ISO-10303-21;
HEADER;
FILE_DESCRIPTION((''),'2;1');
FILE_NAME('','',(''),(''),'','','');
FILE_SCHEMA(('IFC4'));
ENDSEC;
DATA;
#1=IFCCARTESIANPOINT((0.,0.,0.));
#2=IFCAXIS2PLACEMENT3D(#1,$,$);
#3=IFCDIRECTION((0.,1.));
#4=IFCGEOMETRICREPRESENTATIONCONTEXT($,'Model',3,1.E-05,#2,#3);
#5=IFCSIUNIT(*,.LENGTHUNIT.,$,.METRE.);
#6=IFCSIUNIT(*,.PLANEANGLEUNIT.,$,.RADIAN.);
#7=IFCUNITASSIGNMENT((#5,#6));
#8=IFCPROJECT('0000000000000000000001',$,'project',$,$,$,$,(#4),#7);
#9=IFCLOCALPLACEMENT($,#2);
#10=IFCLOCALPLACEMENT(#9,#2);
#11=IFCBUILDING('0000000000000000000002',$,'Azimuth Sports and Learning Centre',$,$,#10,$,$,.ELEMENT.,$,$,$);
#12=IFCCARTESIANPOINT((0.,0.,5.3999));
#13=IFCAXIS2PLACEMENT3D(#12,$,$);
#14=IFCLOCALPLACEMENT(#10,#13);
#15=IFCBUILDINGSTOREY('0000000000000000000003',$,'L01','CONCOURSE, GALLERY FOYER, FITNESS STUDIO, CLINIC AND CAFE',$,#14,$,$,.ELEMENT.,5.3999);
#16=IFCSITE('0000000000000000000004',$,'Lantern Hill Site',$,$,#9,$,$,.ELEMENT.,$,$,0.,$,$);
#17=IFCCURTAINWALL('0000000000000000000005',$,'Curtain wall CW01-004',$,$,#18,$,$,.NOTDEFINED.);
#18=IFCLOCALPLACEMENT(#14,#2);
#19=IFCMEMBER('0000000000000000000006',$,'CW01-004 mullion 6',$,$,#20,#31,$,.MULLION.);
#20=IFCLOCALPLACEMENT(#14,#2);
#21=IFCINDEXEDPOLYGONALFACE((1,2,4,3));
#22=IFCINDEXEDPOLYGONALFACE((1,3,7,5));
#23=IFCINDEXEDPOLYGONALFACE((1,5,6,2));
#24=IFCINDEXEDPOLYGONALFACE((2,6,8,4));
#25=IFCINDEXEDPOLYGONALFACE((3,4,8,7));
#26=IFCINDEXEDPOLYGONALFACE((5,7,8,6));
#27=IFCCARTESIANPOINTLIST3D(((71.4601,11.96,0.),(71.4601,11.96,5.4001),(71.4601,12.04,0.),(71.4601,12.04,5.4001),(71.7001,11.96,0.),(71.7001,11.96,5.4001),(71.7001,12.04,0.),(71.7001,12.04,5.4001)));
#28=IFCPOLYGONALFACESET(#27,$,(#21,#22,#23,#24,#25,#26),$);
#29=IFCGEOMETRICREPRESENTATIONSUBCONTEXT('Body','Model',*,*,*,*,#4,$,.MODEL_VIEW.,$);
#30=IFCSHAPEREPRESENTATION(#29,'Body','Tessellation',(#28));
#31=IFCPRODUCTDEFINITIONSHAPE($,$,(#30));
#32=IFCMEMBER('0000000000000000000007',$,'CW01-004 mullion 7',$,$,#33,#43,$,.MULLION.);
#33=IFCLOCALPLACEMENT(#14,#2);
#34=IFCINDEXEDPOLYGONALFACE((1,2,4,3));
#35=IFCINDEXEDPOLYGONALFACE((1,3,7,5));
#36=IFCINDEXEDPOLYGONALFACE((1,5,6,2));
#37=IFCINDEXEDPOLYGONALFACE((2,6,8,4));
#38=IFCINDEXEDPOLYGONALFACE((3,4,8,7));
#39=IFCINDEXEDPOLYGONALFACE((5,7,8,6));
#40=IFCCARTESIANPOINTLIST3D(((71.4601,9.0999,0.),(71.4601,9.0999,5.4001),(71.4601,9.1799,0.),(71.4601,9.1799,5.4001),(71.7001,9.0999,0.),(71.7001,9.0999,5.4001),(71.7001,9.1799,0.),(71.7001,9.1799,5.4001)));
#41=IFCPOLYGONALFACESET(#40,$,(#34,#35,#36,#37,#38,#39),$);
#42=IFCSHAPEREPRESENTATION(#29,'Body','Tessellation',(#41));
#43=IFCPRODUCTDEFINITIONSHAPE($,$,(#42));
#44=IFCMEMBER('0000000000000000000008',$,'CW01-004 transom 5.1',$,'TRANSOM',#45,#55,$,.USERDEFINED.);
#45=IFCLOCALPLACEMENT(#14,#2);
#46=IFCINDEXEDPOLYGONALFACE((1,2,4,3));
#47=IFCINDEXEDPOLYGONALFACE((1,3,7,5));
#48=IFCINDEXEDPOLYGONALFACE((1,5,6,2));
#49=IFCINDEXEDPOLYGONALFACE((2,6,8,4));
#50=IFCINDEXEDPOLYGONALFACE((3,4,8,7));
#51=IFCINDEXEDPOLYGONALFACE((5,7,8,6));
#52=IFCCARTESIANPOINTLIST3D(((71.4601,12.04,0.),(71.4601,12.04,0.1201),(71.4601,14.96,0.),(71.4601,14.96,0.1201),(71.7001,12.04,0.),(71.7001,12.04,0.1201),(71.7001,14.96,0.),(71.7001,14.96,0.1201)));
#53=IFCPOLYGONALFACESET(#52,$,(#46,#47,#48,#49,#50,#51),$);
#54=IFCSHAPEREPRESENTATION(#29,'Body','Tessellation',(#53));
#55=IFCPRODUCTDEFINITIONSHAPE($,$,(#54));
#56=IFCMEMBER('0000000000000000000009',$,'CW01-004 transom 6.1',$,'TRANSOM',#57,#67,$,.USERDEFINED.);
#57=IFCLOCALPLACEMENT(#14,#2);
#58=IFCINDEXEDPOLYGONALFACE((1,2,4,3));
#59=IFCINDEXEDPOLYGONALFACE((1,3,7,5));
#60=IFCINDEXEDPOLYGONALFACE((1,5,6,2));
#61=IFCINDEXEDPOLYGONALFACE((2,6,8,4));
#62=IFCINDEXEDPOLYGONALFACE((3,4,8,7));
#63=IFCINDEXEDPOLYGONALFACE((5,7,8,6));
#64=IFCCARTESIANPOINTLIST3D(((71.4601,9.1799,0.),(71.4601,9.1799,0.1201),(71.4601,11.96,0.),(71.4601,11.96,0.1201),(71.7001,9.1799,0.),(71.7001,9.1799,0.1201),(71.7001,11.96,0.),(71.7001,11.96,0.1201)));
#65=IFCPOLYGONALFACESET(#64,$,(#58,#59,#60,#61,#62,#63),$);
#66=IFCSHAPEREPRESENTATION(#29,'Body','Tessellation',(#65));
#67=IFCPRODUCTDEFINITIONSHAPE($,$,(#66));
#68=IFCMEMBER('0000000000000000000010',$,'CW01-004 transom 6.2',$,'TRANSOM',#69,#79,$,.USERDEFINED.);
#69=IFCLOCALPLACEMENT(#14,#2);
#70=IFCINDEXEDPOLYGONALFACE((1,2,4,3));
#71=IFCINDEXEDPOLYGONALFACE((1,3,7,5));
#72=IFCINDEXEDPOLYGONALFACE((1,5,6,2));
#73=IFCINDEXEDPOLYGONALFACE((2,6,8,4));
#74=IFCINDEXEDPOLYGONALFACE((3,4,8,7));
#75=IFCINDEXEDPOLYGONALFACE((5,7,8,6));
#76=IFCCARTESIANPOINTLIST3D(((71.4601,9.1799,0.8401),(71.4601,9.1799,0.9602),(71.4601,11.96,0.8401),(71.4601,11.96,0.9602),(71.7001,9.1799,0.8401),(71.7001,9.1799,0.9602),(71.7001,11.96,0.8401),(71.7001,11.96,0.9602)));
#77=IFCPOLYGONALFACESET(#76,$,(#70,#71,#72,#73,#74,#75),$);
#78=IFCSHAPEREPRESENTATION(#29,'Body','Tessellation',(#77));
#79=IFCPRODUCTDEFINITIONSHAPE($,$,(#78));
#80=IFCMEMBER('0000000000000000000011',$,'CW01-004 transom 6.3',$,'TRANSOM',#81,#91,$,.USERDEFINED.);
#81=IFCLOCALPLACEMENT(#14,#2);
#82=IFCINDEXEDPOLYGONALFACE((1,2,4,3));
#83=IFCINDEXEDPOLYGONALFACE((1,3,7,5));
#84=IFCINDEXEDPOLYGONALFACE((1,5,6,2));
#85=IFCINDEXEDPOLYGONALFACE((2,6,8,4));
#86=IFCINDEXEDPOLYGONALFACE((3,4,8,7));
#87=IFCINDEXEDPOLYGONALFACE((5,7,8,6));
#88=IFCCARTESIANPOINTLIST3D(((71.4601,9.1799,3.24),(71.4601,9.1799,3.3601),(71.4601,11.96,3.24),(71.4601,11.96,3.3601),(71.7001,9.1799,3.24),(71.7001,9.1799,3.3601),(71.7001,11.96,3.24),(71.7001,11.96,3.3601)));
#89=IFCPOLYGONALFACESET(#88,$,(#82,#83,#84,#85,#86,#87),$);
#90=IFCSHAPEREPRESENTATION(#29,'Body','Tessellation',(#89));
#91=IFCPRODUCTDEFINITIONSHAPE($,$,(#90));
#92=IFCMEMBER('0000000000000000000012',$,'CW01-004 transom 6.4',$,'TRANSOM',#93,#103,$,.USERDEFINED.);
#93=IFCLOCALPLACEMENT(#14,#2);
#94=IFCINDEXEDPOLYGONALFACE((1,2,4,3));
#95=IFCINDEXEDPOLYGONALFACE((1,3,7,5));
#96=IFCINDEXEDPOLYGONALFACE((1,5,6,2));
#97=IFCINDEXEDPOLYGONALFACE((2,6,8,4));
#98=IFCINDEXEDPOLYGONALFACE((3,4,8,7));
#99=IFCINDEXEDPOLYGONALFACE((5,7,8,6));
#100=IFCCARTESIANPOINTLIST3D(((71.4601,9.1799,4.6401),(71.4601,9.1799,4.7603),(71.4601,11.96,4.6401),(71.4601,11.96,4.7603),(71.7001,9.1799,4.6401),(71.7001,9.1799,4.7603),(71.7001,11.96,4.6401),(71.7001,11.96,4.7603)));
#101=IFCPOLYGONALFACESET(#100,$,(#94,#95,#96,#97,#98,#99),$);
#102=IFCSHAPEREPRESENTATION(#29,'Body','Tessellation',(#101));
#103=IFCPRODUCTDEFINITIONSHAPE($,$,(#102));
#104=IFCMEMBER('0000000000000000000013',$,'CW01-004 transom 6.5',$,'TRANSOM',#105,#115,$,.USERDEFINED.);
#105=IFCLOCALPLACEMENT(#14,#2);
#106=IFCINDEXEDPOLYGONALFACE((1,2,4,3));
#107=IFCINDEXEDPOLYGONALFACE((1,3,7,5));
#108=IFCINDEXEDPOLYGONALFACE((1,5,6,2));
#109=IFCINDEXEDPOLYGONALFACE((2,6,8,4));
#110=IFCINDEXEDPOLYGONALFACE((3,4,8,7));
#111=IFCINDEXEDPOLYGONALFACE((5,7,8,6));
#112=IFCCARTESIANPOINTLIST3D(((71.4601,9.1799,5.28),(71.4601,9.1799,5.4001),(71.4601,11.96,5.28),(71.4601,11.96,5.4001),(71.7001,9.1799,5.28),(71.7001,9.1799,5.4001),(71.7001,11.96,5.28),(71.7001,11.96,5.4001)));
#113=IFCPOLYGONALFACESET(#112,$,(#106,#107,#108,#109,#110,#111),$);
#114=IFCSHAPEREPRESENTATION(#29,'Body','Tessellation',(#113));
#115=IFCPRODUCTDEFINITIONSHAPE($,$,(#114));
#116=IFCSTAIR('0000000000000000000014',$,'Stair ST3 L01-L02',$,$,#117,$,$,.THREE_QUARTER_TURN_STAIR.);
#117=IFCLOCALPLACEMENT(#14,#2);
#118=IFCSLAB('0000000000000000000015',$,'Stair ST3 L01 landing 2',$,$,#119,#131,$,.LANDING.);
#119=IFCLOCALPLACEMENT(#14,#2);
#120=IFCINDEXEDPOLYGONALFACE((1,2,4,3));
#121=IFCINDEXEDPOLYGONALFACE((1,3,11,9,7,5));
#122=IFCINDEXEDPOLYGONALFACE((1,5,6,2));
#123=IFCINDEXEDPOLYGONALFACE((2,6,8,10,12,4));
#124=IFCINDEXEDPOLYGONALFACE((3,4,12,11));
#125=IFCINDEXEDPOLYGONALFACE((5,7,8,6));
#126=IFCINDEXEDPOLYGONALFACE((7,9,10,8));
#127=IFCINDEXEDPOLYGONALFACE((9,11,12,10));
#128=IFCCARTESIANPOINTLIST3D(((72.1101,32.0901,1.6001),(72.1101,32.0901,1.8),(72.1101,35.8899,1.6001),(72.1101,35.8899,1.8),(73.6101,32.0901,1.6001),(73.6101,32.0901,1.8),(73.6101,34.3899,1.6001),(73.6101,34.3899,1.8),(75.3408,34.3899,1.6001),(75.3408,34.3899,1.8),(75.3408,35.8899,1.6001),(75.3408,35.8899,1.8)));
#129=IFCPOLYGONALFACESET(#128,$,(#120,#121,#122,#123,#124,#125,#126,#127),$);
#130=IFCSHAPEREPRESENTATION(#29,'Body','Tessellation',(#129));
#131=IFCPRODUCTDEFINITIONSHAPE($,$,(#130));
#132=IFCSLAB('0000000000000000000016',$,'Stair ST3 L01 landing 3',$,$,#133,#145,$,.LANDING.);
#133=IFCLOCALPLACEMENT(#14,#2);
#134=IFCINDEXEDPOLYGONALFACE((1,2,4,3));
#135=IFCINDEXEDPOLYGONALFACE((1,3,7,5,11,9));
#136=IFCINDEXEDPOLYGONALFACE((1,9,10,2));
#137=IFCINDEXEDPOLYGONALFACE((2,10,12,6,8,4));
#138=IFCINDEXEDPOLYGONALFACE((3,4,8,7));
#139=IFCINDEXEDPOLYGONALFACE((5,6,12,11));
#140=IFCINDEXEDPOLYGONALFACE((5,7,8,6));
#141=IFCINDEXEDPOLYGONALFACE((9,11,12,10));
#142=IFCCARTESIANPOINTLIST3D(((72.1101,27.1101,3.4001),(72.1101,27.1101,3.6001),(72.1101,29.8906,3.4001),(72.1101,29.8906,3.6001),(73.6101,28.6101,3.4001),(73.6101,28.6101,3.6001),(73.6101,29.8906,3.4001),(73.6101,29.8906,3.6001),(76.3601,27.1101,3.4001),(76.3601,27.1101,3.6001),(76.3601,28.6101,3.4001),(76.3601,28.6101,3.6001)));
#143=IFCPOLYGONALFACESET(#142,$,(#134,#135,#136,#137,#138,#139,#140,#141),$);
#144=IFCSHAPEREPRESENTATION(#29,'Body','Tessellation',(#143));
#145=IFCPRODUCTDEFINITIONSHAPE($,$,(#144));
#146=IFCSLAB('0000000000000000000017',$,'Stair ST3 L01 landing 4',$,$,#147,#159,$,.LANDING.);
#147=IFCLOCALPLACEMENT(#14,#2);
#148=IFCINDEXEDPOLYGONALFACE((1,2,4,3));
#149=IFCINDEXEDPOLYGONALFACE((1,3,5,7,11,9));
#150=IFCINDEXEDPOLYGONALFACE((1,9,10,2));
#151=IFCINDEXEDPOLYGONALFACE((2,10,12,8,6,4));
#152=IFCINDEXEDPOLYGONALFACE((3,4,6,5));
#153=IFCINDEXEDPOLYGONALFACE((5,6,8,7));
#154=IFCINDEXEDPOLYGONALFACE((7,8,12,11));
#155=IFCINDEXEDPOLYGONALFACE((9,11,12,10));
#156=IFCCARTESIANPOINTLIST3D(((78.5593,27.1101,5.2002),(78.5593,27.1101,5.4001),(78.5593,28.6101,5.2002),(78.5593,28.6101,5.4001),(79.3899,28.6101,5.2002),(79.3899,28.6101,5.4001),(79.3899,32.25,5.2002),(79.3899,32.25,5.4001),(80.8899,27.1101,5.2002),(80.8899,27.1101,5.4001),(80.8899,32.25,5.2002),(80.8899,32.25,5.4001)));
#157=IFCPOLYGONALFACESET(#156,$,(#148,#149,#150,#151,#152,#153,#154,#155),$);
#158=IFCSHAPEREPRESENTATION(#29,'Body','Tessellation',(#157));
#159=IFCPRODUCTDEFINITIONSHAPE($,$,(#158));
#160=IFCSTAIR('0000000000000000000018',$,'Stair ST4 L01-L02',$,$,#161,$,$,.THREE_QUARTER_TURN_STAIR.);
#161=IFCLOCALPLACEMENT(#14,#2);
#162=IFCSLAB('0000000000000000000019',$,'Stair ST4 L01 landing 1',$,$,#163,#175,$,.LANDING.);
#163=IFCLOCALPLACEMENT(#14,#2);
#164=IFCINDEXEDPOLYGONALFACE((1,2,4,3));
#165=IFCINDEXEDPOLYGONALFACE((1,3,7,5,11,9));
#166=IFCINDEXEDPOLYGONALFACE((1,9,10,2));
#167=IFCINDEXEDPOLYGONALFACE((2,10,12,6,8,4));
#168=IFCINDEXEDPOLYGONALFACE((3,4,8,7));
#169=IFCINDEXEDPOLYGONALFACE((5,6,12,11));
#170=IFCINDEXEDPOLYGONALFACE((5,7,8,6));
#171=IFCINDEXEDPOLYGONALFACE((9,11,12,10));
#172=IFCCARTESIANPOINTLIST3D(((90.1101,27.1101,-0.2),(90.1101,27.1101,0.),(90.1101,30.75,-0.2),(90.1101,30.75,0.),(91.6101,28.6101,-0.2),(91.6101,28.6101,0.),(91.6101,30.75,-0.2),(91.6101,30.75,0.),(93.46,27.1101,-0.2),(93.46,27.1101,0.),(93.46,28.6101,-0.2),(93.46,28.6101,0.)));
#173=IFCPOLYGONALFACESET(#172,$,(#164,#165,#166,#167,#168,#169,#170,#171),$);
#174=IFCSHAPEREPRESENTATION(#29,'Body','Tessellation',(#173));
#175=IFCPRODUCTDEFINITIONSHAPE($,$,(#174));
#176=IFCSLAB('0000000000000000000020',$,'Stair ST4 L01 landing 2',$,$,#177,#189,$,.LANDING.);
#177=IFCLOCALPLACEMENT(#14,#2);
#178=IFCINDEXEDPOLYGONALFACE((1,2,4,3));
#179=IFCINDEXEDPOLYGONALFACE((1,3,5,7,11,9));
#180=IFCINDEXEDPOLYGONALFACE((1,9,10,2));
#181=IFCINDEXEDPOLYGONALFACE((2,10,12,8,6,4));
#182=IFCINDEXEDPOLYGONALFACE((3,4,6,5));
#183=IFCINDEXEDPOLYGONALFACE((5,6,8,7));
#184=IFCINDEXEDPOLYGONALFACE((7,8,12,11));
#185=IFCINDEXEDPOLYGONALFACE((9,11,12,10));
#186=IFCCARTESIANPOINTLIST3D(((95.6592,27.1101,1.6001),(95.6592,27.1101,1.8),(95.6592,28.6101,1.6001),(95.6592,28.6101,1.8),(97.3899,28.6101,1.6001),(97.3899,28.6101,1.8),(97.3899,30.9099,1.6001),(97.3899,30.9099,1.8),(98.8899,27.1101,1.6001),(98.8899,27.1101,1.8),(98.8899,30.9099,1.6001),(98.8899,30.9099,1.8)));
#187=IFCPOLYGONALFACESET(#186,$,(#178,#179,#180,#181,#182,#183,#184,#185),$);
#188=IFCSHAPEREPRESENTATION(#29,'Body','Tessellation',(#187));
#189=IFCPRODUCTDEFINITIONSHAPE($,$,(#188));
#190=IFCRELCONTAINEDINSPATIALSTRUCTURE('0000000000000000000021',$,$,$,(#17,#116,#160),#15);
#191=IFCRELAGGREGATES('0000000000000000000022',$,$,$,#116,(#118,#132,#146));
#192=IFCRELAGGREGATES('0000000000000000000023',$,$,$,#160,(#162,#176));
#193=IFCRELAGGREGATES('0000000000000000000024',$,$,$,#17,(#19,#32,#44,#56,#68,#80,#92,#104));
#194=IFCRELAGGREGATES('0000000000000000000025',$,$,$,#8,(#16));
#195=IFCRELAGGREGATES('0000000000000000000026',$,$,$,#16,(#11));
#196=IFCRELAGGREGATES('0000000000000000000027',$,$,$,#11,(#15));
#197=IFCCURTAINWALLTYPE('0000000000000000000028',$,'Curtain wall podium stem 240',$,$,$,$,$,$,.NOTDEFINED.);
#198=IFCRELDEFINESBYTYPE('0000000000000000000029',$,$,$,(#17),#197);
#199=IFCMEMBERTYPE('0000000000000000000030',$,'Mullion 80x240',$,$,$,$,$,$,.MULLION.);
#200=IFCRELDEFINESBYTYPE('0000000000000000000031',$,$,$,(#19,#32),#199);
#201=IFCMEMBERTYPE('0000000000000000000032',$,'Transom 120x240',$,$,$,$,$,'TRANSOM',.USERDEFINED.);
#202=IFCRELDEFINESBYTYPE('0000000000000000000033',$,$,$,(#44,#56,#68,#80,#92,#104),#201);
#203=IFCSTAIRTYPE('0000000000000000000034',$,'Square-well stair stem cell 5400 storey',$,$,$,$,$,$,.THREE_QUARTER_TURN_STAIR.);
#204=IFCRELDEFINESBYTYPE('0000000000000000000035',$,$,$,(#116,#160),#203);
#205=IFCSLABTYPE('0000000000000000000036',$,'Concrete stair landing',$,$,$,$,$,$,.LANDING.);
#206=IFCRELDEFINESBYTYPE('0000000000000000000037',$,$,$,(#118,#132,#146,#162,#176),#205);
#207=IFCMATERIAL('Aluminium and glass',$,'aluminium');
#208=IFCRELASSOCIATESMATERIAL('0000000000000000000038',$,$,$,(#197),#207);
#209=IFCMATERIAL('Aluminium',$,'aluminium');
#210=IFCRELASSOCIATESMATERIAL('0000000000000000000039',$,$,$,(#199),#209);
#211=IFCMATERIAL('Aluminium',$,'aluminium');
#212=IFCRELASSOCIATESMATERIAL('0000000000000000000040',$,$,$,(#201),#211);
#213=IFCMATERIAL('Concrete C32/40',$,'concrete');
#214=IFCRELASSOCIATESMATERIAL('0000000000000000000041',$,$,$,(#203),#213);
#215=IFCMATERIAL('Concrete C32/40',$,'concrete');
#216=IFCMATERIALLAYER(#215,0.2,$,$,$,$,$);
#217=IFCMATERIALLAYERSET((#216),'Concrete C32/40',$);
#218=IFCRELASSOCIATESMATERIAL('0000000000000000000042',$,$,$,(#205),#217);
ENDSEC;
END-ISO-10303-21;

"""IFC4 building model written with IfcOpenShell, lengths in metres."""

from ifc_helpers import new_model, si_unit, direction, frame, origin, origin_2d, place, context, subcontext, project, spatial, polyline, rectangle, outline, extrude, material, layer, layer_set, material_profile, profile_set, type_object, element, aggregate, save


model = new_model("IFC4")

# Units and contexts
model_context = context("Model", 3, precision=1e-05, world=origin(), true_north=direction((0.0, 1.0)))
body_context = subcontext(model_context, "Body", "Model", "MODEL_VIEW")
ifc_project = project(units=[si_unit("LENGTHUNIT", "METRE"), si_unit("PLANEANGLEUNIT", "RADIAN")], contexts=[model_context])

# Site, building, storey
site_placement = place(None, origin())
site = spatial("IfcSite", under=ifc_project, at=site_placement, Name="Lantern Hill Site", CompositionType="ELEMENT", RefElevation=0.0)
building_placement = place(site_placement, origin())
building = spatial("IfcBuilding", under=site, at=building_placement, Name="Azimuth Sports and Learning Centre", CompositionType="ELEMENT")
storey_placement = place(building_placement, frame((0.0, 0.0, 5.3999)))
storey = spatial("IfcBuildingStorey", under=building, at=storey_placement, Name="L01", Description="CONCOURSE, GALLERY FOYER, FITNESS STUDIO, CLINIC AND CAFE", CompositionType="ELEMENT", Elevation=5.3999)

# Curtain wall, members
ifc_material_1 = material(Name="Aluminium and glass", Category="aluminium")
curtain_wall_type = type_object("IfcCurtainWallType", Name="Curtain wall podium stem 240", PredefinedType="NOTDEFINED", material=ifc_material_1)
curtain_wall_placement = place(storey_placement, origin())
curtain_wall = element("IfcCurtainWall", 1, at=curtain_wall_placement, inside=storey, type_object=curtain_wall_type, Name="Curtain wall CW01-004", PredefinedType="NOTDEFINED")
ifc_material_2 = material(Name="Aluminium", Category="aluminium")
ifc_material_profile_1 = material_profile(ifc_material_2, rectangle(XDim=0.24, YDim=0.0801, at=origin_2d()), Name="Mullion 80x240")
ifc_profile_set_1 = profile_set([ifc_material_profile_1], Name="Aluminium")
member_type_1 = type_object("IfcMemberType", Name="Mullion 80x240", PredefinedType="MULLION", material=ifc_profile_set_1)
member_1_placement = place(storey_placement, frame((71.5801, 12.0, 0.0), z_axis=(0.0, 0.0, 1.0), x_axis=(1.0, 0.0, 0.0)))
member_1 = element("IfcMember", 2, at=member_1_placement, type_object=member_type_1, Name="CW01-004 mullion 6", PredefinedType="MULLION", context=body_context, shape_type="SweptSolid", body=[
    extrude(rectangle(XDim=0.24, YDim=0.0801, at=origin_2d()), origin(), (0.0, 0.0, 1.0), 5.4001),
])
member_2_placement = place(storey_placement, frame((71.5801, 9.1399, 0.0), z_axis=(0.0, 0.0, 1.0), x_axis=(1.0, 0.0, 0.0)))
member_2 = element("IfcMember", 3, at=member_2_placement, type_object=member_type_1, Name="CW01-004 mullion 7", PredefinedType="MULLION", context=body_context, shape_type="SweptSolid", body=[
    extrude(rectangle(XDim=0.24, YDim=0.0801, at=origin_2d()), origin(), (0.0, 0.0, 1.0), 5.4001),
])
ifc_material_3 = material(Name="Aluminium", Category="aluminium")
ifc_material_profile_2 = material_profile(ifc_material_3, rectangle(XDim=0.24, YDim=0.1201, at=origin_2d()), Name="Transom 120x240")
ifc_profile_set_2 = profile_set([ifc_material_profile_2], Name="Aluminium")
member_type_2 = type_object("IfcMemberType", Name="Transom 120x240", ElementType="TRANSOM", PredefinedType="USERDEFINED", material=ifc_profile_set_2)
member_3_placement = place(storey_placement, frame((71.5801, 14.96, 0.0601), z_axis=(0.0, -1.0, 0.0), x_axis=(1.0, 0.0, 0.0)))
member_3 = element("IfcMember", 4, at=member_3_placement, type_object=member_type_2, Name="CW01-004 transom 5.1", ObjectType="TRANSOM", PredefinedType="USERDEFINED", context=body_context, shape_type="SweptSolid", body=[
    extrude(rectangle(XDim=0.24, YDim=0.1201, at=origin_2d()), origin(), (0.0, 0.0, 1.0), 2.9199),
])
member_4_placement = place(storey_placement, frame((71.5801, 11.96, 0.0601), z_axis=(0.0, -1.0, 0.0), x_axis=(1.0, 0.0, 0.0)))
member_4 = element("IfcMember", 5, at=member_4_placement, type_object=member_type_2, Name="CW01-004 transom 6.1", ObjectType="TRANSOM", PredefinedType="USERDEFINED", context=body_context, shape_type="SweptSolid", body=[
    extrude(rectangle(XDim=0.24, YDim=0.1201, at=origin_2d()), origin(), (0.0, 0.0, 1.0), 2.78),
])
member_5_placement = place(storey_placement, frame((71.5801, 11.96, 0.9001), z_axis=(0.0, -1.0, 0.0), x_axis=(1.0, 0.0, 0.0)))
member_5 = element("IfcMember", 6, at=member_5_placement, type_object=member_type_2, Name="CW01-004 transom 6.2", ObjectType="TRANSOM", PredefinedType="USERDEFINED", context=body_context, shape_type="SweptSolid", body=[
    extrude(rectangle(XDim=0.24, YDim=0.1201, at=origin_2d()), origin(), (0.0, 0.0, 1.0), 2.78),
])
member_6_placement = place(storey_placement, frame((71.5801, 11.96, 3.3), z_axis=(0.0, -1.0, 0.0), x_axis=(1.0, 0.0, 0.0)))
member_6 = element("IfcMember", 7, at=member_6_placement, type_object=member_type_2, Name="CW01-004 transom 6.3", ObjectType="TRANSOM", PredefinedType="USERDEFINED", context=body_context, shape_type="SweptSolid", body=[
    extrude(rectangle(XDim=0.24, YDim=0.1201, at=origin_2d()), origin(), (0.0, 0.0, 1.0), 2.78),
])
member_7_placement = place(storey_placement, frame((71.5801, 11.96, 4.7002), z_axis=(0.0, -1.0, 0.0), x_axis=(1.0, 0.0, 0.0)))
member_7 = element("IfcMember", 8, at=member_7_placement, type_object=member_type_2, Name="CW01-004 transom 6.4", ObjectType="TRANSOM", PredefinedType="USERDEFINED", context=body_context, shape_type="SweptSolid", body=[
    extrude(rectangle(XDim=0.24, YDim=0.1201, at=origin_2d()), origin(), (0.0, 0.0, 1.0), 2.78),
])
member_8_placement = place(storey_placement, frame((71.5801, 11.96, 5.3401), z_axis=(0.0, -1.0, 0.0), x_axis=(1.0, 0.0, 0.0)))
member_8 = element("IfcMember", 9, at=member_8_placement, type_object=member_type_2, Name="CW01-004 transom 6.5", ObjectType="TRANSOM", PredefinedType="USERDEFINED", context=body_context, shape_type="SweptSolid", body=[
    extrude(rectangle(XDim=0.24, YDim=0.1201, at=origin_2d()), origin(), (0.0, 0.0, 1.0), 2.78),
])

# Stairs, slabs
ifc_material_4 = material(Name="Concrete C32/40", Category="concrete")
stair_type = type_object("IfcStairType", Name="Square-well stair stem cell 5400 storey", PredefinedType="THREE_QUARTER_TURN_STAIR", material=ifc_material_4)
stair_1_placement = place(storey_placement, origin())
stair_1 = element("IfcStair", 10, at=stair_1_placement, inside=storey, type_object=stair_type, Name="Stair ST3 L01-L02", PredefinedType="THREE_QUARTER_TURN_STAIR")
ifc_material_5 = material(Name="Concrete C32/40", Category="concrete")
ifc_layer_1 = layer(ifc_material_5, 0.2)
ifc_layer_set_1 = layer_set([ifc_layer_1], Name="Concrete C32/40")
slab_type = type_object("IfcSlabType", Name="Concrete stair landing", PredefinedType="LANDING", material=ifc_layer_set_1)
slab_1_placement = place(storey_placement, frame((0.0, 0.0, 1.6001)))
slab_1 = element("IfcSlab", 11, at=slab_1_placement, type_object=slab_type, Name="Stair ST3 L01 landing 2", PredefinedType="LANDING", context=body_context, shape_type="SweptSolid", body=[
    extrude(outline(polyline([(73.6101, 34.3899), (75.3408, 34.3899), (75.3408, 35.8899), (72.1101, 35.8899), (72.1101, 32.0901), (73.6101, 32.0901), (73.6101, 34.3899)])), origin(), (0.0, 0.0, 1.0), 0.2),
])
slab_2_placement = place(storey_placement, frame((0.0, 0.0, 3.4001)))
slab_2 = element("IfcSlab", 12, at=slab_2_placement, type_object=slab_type, Name="Stair ST3 L01 landing 3", PredefinedType="LANDING", context=body_context, shape_type="SweptSolid", body=[
    extrude(outline(polyline([(73.6101, 28.6101), (73.6101, 29.8906), (72.1101, 29.8906), (72.1101, 27.1101), (76.3601, 27.1101), (76.3601, 28.6101), (73.6101, 28.6101)])), origin(), (0.0, 0.0, 1.0), 0.2),
])
slab_3_placement = place(storey_placement, frame((0.0, 0.0, 5.2002)))
slab_3 = element("IfcSlab", 13, at=slab_3_placement, type_object=slab_type, Name="Stair ST3 L01 landing 4", PredefinedType="LANDING", context=body_context, shape_type="SweptSolid", body=[
    extrude(outline(polyline([(79.3899, 28.6101), (78.5593, 28.6101), (78.5593, 27.1101), (80.8899, 27.1101), (80.8899, 32.25), (79.3899, 32.25), (79.3899, 28.6101)])), origin(), (0.0, 0.0, 1.0), 0.2),
])
aggregate(stair_1, [slab_1, slab_2, slab_3])
stair_2_placement = place(storey_placement, origin())
stair_2 = element("IfcStair", 14, at=stair_2_placement, inside=storey, type_object=stair_type, Name="Stair ST4 L01-L02", PredefinedType="THREE_QUARTER_TURN_STAIR")
slab_4_placement = place(storey_placement, frame((0.0, 0.0, -0.2)))
slab_4 = element("IfcSlab", 15, at=slab_4_placement, type_object=slab_type, Name="Stair ST4 L01 landing 1", PredefinedType="LANDING", context=body_context, shape_type="SweptSolid", body=[
    extrude(outline(polyline([(93.46, 28.6101), (91.6101, 28.6101), (91.6101, 30.75), (90.1101, 30.75), (90.1101, 27.1101), (93.46, 27.1101), (93.46, 28.6101)])), origin(), (0.0, 0.0, 1.0), 0.2),
])
slab_5_placement = place(storey_placement, frame((0.0, 0.0, 1.6001)))
slab_5 = element("IfcSlab", 16, at=slab_5_placement, type_object=slab_type, Name="Stair ST4 L01 landing 2", PredefinedType="LANDING", context=body_context, shape_type="SweptSolid", body=[
    extrude(outline(polyline([(97.3899, 28.6101), (95.6592, 28.6101), (95.6592, 27.1101), (98.8899, 27.1101), (98.8899, 30.9099), (97.3899, 30.9099), (97.3899, 28.6101)])), origin(), (0.0, 0.0, 1.0), 0.2),
])
aggregate(stair_2, [slab_4, slab_5])

aggregate(curtain_wall, [member_1, member_2, member_3, member_4, member_5, member_6, member_7, member_8])

save(model, "model.ifc")
